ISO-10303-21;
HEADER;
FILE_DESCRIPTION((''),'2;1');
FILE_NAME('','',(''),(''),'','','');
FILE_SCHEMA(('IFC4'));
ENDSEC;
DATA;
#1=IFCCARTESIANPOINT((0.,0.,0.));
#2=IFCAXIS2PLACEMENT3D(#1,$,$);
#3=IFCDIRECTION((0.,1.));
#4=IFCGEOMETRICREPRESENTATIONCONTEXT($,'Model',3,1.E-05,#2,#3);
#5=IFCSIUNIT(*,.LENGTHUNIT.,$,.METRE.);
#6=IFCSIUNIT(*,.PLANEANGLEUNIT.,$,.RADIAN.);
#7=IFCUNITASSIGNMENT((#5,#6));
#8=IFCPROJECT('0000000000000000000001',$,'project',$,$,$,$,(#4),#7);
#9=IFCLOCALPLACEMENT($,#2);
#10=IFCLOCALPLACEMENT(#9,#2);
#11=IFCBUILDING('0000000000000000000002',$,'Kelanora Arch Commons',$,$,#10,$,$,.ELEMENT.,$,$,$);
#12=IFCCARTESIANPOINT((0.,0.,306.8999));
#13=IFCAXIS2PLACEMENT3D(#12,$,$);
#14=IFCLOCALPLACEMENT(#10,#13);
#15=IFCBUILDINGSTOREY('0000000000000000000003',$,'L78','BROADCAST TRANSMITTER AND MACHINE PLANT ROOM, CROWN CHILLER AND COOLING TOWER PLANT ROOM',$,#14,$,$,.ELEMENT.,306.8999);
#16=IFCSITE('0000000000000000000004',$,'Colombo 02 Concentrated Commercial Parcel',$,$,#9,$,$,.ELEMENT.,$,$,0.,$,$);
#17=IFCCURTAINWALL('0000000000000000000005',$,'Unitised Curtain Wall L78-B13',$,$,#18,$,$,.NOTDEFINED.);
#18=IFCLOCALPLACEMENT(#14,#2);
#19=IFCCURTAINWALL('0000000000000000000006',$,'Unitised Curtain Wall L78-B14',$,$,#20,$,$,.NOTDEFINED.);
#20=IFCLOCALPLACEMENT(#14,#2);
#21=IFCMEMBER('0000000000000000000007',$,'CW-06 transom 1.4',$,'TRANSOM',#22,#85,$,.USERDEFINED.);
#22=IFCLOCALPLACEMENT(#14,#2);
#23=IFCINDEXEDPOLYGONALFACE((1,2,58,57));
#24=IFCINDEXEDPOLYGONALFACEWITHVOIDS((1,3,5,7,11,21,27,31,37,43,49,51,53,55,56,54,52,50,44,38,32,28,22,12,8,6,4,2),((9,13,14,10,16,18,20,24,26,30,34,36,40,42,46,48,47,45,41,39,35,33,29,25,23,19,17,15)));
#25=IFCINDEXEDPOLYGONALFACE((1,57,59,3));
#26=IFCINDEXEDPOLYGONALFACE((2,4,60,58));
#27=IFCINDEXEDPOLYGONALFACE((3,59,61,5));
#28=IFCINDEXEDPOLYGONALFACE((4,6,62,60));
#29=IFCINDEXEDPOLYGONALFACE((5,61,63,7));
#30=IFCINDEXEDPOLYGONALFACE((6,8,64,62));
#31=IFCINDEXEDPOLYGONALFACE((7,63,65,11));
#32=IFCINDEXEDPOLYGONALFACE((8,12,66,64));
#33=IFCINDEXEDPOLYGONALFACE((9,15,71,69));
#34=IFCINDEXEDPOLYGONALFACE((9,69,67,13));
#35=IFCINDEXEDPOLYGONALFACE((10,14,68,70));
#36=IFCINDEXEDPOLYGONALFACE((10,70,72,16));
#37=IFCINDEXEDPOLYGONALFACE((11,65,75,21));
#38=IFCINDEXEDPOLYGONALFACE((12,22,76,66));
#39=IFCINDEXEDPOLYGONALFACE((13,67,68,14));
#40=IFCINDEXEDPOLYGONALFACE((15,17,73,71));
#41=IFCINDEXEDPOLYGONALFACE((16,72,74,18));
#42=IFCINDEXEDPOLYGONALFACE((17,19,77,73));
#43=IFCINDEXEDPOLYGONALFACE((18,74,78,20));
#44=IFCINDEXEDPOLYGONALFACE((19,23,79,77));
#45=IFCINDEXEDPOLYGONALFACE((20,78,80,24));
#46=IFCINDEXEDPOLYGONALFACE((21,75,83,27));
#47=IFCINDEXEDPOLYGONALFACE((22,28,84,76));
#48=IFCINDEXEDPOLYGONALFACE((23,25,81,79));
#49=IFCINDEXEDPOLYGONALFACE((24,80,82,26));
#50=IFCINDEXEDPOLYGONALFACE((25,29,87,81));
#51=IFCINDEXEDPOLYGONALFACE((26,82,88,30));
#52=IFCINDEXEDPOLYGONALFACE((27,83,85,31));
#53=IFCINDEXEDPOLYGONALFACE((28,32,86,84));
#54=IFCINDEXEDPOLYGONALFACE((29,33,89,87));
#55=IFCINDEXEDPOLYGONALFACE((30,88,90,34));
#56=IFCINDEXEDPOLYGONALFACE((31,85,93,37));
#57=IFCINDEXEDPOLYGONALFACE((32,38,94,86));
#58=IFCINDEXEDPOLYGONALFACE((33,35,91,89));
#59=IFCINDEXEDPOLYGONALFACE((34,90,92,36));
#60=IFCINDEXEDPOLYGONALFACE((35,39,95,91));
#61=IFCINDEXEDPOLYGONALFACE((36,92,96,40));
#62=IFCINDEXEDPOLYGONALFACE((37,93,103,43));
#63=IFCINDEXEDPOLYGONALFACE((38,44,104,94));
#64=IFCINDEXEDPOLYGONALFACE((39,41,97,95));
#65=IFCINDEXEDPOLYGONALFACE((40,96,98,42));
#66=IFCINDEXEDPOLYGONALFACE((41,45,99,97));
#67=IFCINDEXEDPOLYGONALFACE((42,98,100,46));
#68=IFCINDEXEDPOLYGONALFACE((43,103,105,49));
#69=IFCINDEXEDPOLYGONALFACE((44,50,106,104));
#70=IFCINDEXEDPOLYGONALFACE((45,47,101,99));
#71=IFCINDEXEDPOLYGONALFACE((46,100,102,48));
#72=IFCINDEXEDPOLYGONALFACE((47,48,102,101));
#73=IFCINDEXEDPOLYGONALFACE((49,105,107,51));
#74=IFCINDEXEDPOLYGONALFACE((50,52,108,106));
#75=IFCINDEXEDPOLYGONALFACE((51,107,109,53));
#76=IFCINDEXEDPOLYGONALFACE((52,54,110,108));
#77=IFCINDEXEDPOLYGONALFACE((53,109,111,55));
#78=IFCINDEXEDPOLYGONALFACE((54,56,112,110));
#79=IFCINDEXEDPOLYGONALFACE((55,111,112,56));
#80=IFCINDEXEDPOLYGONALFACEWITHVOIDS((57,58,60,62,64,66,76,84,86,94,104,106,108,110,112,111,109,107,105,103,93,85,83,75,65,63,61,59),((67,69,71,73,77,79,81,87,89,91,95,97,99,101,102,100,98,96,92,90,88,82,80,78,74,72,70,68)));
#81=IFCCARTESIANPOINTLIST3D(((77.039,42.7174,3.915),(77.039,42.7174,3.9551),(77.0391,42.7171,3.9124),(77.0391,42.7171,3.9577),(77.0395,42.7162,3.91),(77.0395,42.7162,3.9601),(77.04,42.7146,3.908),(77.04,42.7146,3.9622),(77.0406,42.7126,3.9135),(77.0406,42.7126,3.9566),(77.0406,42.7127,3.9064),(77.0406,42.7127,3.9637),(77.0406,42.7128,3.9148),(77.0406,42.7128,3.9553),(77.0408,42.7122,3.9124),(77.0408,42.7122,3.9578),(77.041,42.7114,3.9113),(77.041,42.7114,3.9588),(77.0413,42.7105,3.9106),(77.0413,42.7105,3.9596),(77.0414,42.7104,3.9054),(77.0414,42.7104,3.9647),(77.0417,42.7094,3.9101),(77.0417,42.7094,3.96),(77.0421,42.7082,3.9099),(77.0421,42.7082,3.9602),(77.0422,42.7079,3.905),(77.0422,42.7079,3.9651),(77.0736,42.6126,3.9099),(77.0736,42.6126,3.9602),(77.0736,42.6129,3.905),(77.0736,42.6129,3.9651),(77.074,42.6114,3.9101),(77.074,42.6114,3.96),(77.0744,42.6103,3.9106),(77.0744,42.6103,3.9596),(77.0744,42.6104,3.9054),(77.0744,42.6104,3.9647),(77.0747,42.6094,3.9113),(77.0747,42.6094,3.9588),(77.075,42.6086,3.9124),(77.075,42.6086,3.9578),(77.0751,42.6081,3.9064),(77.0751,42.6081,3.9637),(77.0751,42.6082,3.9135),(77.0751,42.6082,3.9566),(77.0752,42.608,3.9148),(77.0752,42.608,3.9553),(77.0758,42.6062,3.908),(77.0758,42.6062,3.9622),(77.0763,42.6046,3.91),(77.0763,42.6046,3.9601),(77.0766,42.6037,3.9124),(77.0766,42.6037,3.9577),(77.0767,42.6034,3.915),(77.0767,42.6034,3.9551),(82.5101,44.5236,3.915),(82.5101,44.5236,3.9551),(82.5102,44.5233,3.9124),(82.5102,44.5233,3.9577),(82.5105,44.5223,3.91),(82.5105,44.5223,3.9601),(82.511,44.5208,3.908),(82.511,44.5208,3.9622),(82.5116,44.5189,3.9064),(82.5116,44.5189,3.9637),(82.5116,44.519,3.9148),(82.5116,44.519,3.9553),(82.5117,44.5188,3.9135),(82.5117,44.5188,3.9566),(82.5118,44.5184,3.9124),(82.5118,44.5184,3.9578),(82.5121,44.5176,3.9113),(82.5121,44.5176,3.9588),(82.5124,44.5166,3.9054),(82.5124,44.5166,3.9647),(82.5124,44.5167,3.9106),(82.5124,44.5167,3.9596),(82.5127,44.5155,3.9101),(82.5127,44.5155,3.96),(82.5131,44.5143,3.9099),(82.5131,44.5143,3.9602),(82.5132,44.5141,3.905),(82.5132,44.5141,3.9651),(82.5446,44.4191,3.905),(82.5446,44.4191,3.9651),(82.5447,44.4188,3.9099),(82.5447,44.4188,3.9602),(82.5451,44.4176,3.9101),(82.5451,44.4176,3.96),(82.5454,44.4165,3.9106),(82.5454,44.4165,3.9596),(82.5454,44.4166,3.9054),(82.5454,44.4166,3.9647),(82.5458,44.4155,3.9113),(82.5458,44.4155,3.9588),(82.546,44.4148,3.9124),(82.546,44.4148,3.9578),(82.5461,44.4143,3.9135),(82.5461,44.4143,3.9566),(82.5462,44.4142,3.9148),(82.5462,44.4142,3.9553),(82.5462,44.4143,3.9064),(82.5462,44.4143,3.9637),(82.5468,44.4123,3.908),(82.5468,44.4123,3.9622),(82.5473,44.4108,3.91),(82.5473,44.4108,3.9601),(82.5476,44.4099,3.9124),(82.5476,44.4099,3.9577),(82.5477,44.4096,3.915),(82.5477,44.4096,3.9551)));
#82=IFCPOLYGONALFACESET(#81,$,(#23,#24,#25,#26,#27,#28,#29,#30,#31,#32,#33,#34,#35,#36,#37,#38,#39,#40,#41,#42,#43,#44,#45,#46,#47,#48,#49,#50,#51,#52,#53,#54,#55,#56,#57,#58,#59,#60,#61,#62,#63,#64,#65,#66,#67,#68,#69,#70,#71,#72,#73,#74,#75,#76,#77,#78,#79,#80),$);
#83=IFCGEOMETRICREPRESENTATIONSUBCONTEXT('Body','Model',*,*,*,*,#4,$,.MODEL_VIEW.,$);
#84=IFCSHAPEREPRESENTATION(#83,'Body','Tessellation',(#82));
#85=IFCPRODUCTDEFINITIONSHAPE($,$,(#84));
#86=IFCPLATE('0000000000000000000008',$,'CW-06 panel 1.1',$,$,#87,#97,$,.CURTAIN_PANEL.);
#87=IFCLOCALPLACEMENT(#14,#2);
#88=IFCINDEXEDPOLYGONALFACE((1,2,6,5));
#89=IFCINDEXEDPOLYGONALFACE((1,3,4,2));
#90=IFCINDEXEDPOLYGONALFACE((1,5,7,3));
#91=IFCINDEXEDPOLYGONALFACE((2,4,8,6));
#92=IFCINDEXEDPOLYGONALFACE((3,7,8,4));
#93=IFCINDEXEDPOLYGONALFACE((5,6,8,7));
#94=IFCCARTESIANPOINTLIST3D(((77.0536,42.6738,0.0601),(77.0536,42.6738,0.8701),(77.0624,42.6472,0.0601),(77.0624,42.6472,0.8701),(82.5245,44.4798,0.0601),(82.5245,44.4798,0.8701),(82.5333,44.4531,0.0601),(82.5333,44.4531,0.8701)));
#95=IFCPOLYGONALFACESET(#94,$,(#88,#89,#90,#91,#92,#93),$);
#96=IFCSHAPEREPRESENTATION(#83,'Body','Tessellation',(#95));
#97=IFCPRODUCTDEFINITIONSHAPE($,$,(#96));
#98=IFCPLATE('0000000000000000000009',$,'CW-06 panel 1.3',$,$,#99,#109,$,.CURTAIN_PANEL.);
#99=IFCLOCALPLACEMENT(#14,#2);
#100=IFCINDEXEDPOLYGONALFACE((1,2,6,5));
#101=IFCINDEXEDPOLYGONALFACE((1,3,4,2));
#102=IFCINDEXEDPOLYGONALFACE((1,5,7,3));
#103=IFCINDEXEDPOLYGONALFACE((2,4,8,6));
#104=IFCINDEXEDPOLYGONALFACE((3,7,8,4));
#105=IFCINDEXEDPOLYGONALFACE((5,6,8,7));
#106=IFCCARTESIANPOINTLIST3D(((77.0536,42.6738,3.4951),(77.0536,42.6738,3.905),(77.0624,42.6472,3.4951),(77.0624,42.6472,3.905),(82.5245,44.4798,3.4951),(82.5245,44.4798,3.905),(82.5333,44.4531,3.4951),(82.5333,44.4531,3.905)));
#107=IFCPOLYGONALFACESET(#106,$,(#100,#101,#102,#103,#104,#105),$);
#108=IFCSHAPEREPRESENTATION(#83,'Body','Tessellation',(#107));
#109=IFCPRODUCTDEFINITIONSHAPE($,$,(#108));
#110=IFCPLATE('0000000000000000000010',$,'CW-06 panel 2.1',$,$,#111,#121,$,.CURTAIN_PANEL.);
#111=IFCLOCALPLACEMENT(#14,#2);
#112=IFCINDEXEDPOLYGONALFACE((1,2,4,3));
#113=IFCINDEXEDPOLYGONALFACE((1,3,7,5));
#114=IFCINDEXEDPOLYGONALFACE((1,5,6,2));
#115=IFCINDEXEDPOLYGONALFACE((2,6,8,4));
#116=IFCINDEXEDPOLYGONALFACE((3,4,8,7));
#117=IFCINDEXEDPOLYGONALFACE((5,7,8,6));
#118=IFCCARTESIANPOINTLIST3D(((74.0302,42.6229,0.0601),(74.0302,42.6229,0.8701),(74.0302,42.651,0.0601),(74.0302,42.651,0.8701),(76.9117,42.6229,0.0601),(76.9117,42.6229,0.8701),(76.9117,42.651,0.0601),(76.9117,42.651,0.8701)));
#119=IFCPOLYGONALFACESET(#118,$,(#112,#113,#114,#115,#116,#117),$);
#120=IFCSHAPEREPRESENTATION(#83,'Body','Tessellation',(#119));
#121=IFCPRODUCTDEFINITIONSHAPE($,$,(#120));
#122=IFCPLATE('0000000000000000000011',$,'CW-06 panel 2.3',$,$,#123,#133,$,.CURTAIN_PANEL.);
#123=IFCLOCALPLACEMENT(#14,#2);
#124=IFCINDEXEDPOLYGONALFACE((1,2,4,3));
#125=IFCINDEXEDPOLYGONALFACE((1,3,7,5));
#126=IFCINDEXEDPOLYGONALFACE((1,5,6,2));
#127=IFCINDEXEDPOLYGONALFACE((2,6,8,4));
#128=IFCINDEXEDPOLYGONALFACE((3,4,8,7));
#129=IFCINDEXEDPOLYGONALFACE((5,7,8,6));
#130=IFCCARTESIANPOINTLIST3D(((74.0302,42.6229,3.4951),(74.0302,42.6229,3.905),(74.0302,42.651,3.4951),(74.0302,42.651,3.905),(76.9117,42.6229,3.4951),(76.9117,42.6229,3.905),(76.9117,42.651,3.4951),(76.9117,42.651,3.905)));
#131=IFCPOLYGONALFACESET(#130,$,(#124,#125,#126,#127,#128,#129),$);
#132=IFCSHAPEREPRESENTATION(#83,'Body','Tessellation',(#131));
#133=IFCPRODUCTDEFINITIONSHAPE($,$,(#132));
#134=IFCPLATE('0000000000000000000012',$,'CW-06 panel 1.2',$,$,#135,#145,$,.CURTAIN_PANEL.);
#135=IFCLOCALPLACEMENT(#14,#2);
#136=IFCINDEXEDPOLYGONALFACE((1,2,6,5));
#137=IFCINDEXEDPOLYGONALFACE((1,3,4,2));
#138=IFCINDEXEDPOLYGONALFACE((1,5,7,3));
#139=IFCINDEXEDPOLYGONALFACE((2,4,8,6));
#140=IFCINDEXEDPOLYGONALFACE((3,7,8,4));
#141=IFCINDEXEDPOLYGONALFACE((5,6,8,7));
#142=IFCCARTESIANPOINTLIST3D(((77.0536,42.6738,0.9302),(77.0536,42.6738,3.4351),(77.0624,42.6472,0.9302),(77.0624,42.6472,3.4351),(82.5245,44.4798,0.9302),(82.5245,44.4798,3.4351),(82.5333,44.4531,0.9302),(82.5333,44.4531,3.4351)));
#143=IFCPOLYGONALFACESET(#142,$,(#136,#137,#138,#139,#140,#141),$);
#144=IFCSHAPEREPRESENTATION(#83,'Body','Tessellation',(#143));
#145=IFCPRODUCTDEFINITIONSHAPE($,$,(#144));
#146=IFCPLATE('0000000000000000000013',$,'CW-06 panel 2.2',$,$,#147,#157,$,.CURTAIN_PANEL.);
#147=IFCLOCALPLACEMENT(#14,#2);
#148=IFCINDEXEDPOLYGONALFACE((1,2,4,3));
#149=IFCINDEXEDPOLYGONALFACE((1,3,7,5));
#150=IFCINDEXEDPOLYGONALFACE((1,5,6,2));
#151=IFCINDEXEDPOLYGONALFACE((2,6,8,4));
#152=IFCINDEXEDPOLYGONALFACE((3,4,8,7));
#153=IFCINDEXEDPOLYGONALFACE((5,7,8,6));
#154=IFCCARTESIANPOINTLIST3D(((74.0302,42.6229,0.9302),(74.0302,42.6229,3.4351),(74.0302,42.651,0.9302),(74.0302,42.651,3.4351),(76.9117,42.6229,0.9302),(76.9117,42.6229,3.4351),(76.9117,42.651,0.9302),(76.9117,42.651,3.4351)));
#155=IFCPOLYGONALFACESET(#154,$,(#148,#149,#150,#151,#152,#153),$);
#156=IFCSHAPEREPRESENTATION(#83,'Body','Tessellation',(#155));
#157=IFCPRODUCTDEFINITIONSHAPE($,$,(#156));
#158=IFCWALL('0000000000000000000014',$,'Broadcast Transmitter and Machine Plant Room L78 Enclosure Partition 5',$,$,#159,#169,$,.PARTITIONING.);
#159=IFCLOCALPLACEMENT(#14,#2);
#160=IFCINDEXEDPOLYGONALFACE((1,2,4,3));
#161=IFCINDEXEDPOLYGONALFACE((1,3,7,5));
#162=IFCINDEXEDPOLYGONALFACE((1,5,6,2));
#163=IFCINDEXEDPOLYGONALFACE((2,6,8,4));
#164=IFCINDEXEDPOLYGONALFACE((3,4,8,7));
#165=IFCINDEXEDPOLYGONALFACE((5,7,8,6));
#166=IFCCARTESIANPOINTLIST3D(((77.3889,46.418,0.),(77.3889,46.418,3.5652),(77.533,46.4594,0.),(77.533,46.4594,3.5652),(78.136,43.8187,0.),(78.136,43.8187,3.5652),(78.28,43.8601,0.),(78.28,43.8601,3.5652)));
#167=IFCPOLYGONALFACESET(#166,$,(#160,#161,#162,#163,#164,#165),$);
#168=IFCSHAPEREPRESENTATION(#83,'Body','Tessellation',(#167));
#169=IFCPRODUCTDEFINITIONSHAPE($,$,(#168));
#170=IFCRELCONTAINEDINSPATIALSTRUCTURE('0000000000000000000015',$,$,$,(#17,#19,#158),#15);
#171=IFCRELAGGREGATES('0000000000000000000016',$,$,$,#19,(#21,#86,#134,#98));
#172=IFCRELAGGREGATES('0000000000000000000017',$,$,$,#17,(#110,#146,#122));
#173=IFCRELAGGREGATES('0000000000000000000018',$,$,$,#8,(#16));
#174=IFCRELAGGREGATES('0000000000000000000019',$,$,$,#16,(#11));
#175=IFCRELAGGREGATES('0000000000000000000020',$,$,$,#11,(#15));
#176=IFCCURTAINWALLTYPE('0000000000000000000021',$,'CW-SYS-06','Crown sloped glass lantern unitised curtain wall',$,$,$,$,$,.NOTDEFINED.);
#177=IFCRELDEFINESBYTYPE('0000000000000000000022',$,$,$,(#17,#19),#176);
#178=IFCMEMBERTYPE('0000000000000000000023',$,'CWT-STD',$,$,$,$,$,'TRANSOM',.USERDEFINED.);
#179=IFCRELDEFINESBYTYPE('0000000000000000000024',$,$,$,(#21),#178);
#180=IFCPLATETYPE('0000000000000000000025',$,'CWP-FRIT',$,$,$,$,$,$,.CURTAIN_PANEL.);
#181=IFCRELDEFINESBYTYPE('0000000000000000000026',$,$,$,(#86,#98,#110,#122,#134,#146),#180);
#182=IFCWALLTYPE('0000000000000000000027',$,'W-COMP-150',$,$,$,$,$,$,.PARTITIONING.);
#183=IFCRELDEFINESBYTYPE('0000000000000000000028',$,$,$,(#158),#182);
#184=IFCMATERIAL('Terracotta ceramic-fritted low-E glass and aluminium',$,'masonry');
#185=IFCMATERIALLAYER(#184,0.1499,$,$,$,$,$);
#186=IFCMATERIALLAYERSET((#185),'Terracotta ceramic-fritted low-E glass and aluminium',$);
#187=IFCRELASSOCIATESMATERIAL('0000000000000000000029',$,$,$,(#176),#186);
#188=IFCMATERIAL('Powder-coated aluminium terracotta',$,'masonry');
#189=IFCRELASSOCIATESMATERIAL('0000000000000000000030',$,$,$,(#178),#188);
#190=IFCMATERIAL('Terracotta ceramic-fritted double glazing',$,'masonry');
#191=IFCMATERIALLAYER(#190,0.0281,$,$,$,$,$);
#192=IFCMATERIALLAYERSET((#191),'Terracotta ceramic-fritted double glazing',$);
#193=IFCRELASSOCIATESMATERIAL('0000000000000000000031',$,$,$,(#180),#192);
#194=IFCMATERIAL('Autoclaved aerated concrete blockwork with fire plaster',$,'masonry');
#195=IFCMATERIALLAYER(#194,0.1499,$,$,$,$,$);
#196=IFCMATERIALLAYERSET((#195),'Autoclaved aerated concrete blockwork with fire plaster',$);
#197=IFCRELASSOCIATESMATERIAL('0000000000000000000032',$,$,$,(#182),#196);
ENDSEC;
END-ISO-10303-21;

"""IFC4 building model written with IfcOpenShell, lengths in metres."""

from ifc_helpers import new_model, si_unit, direction, frame, frame_2d, origin, origin_2d, place, context, subcontext, project, spatial, rectangle, hollow_rectangle, extrude, source, transform, mapped, material, layer, layer_set, material_profile, profile_set, type_object, element, aggregate, save


model = new_model("IFC4")

# Units and contexts
model_context = context("Model", 3, precision=1e-05, world=origin(), true_north=direction((0.0, 1.0)))
body_context = subcontext(model_context, "Body", "Model", "MODEL_VIEW")
ifc_project = project(units=[si_unit("LENGTHUNIT", "METRE"), si_unit("PLANEANGLEUNIT", "RADIAN")], contexts=[model_context])

# Site, building, storey
site_placement = place(None, origin())
site = spatial("IfcSite", under=ifc_project, at=site_placement, Name="Colombo 02 Concentrated Commercial Parcel", CompositionType="ELEMENT", RefElevation=0.0)
building_placement = place(site_placement, origin())
building = spatial("IfcBuilding", under=site, at=building_placement, Name="Kelanora Arch Commons", CompositionType="ELEMENT")
storey_placement = place(building_placement, frame((0.0, 0.0, 306.8999)))
storey = spatial("IfcBuildingStorey", under=building, at=storey_placement, Name="L78", Description="BROADCAST TRANSMITTER AND MACHINE PLANT ROOM, CROWN CHILLER AND COOLING TOWER PLANT ROOM", CompositionType="ELEMENT", Elevation=306.8999)

# Curtain wall
ifc_material_1 = material(Name="Terracotta ceramic-fritted low-E glass and aluminium", Category="masonry")
ifc_layer_1 = layer(ifc_material_1, 0.1499)
ifc_layer_set_1 = layer_set([ifc_layer_1], Name="Terracotta ceramic-fritted low-E glass and aluminium")
curtain_wall_type = type_object("IfcCurtainWallType", Name="CW-SYS-06", Description="Crown sloped glass lantern unitised curtain wall", PredefinedType="NOTDEFINED", material=ifc_layer_set_1)
curtain_wall_1_placement = place(storey_placement, origin())
curtain_wall_1 = element("IfcCurtainWall", 1, at=curtain_wall_1_placement, inside=storey, type_object=curtain_wall_type, Name="Unitised Curtain Wall L78-B13", PredefinedType="NOTDEFINED")
ifc_material_2 = material(Name="Powder-coated aluminium terracotta", Category="masonry")

# Curtain wall
curtain_wall_2_placement = place(storey_placement, origin())
curtain_wall_2 = element("IfcCurtainWall", 2, at=curtain_wall_2_placement, inside=storey, type_object=curtain_wall_type, Name="Unitised Curtain Wall L78-B14", PredefinedType="NOTDEFINED")

# Member
ifc_material_profile_1 = material_profile(ifc_material_2, hollow_rectangle(XDim=0.1201, YDim=0.0601, WallThickness=0.0049, InnerFilletRadius=0.0049, OuterFilletRadius=0.01, at=origin_2d()), Name="CWT120x60")
ifc_profile_set_1 = profile_set([ifc_material_profile_1], Name="Powder-coated aluminium terracotta")
member_type_1 = type_object("IfcMemberType", Name="CWT-STD", ElementType="TRANSOM", PredefinedType="USERDEFINED", material=ifc_profile_set_1)
member_1_placement = place(storey_placement, frame((77.0579, 42.6604, 3.9351), z_axis=(0.94959, 0.313493, 0.0), x_axis=(-0.313493, 0.94959, 0.0)))
member_1 = element("IfcMember", 3, at=member_1_placement, type_object=member_type_1, Name="CW-06 transom 1.4", ObjectType="TRANSOM", PredefinedType="USERDEFINED", context=body_context, shape_type="SweptSolid", body=[
    extrude(hollow_rectangle(XDim=0.1201, YDim=0.0601, WallThickness=0.0049, InnerFilletRadius=0.0049, OuterFilletRadius=0.01, at=origin_2d()), origin(), (0.0, 0.0, 1.0), 5.7615),
])

# Plates
ifc_material_3 = material(Name="Terracotta ceramic-fritted double glazing", Category="masonry")
ifc_layer_2 = layer(ifc_material_3, 0.0281)
ifc_layer_set_2 = layer_set([ifc_layer_2], Name="Terracotta ceramic-fritted double glazing")
plate_type = type_object("IfcPlateType", Name="CWP-FRIT", PredefinedType="CURTAIN_PANEL", material=ifc_layer_set_2)
shared_shape_1 = source(origin(), body_context, "Body", "SweptSolid", [
    extrude(rectangle(XDim=5.7612, YDim=0.0281, at=origin_2d()), origin(), (0.0, 0.0, 1.0), 0.8101),
])
plate_1_placement = place(storey_placement, frame((79.7935, 43.5635, 0.0601), z_axis=(0.0, 0.0, 1.0), x_axis=(0.949599, 0.313467, 0.0)))
plate_1 = element("IfcPlate", 4, at=plate_1_placement, type_object=plate_type, Name="CW-06 panel 1.1", PredefinedType="CURTAIN_PANEL", context=body_context, shape_type="MappedRepresentation", body=[
    mapped(shared_shape_1, transform((0.0, 0.0, 0.0), scale=1.0)),
])
shared_shape_2 = source(origin(), body_context, "Body", "SweptSolid", [
    extrude(rectangle(XDim=5.7612, YDim=0.0281, at=origin_2d()), origin(), (0.0, 0.0, 1.0), 0.4099),
])
plate_2_placement = place(storey_placement, frame((79.7935, 43.5635, 3.4951), z_axis=(0.0, 0.0, 1.0), x_axis=(0.949599, 0.313467, 0.0)))
plate_2 = element("IfcPlate", 5, at=plate_2_placement, type_object=plate_type, Name="CW-06 panel 1.3", PredefinedType="CURTAIN_PANEL", context=body_context, shape_type="MappedRepresentation", body=[
    mapped(shared_shape_2, transform((0.0, 0.0, 0.0), scale=1.0)),
])
shared_shape_3 = source(origin(), body_context, "Body", "SweptSolid", [
    extrude(rectangle(XDim=2.8816, YDim=0.0281, at=origin_2d()), origin(), (0.0, 0.0, 1.0), 0.8101),
])
plate_3_placement = place(storey_placement, frame((75.4709, 42.637, 0.0601), z_axis=(0.0, 0.0, 1.0), x_axis=(1.0, 0.0, 0.0)))
plate_3 = element("IfcPlate", 6, at=plate_3_placement, type_object=plate_type, Name="CW-06 panel 2.1", PredefinedType="CURTAIN_PANEL", context=body_context, shape_type="MappedRepresentation", body=[
    mapped(shared_shape_3, transform((0.0, 0.0, 0.0), scale=1.0)),
])
shared_shape_4 = source(origin(), body_context, "Body", "SweptSolid", [
    extrude(rectangle(XDim=2.8816, YDim=0.0281, at=origin_2d()), origin(), (0.0, 0.0, 1.0), 0.4099),
])
plate_4_placement = place(storey_placement, frame((75.4709, 42.637, 3.4951), z_axis=(0.0, 0.0, 1.0), x_axis=(1.0, 0.0, 0.0)))
plate_4 = element("IfcPlate", 7, at=plate_4_placement, type_object=plate_type, Name="CW-06 panel 2.3", PredefinedType="CURTAIN_PANEL", context=body_context, shape_type="MappedRepresentation", body=[
    mapped(shared_shape_4, transform((0.0, 0.0, 0.0), scale=1.0)),
])
shared_shape_5 = source(origin(), body_context, "Body", "SweptSolid", [
    extrude(rectangle(XDim=5.7612, YDim=0.0281, at=origin_2d()), origin(), (0.0, 0.0, 1.0), 2.5049),
])
plate_5_placement = place(storey_placement, frame((79.7935, 43.5635, 0.9302), z_axis=(0.0, 0.0, 1.0), x_axis=(0.949599, 0.313467, 0.0)))
plate_5 = element("IfcPlate", 8, at=plate_5_placement, type_object=plate_type, Name="CW-06 panel 1.2", PredefinedType="CURTAIN_PANEL", context=body_context, shape_type="MappedRepresentation", body=[
    mapped(shared_shape_5, transform((0.0, 0.0, 0.0), scale=1.0)),
])
aggregate(curtain_wall_2, [member_1, plate_1, plate_5, plate_2])
shared_shape_6 = source(origin(), body_context, "Body", "SweptSolid", [
    extrude(rectangle(XDim=2.8816, YDim=0.0281, at=origin_2d()), origin(), (0.0, 0.0, 1.0), 2.5049),
])
plate_6_placement = place(storey_placement, frame((75.4709, 42.637, 0.9302), z_axis=(0.0, 0.0, 1.0), x_axis=(1.0, 0.0, 0.0)))
plate_6 = element("IfcPlate", 9, at=plate_6_placement, type_object=plate_type, Name="CW-06 panel 2.2", PredefinedType="CURTAIN_PANEL", context=body_context, shape_type="MappedRepresentation", body=[
    mapped(shared_shape_6, transform((0.0, 0.0, 0.0), scale=1.0)),
])
aggregate(curtain_wall_1, [plate_3, plate_6, plate_4])

# Wall
ifc_material_4 = material(Name="Autoclaved aerated concrete blockwork with fire plaster", Category="masonry")
ifc_layer_3 = layer(ifc_material_4, 0.1499)
ifc_layer_set_3 = layer_set([ifc_layer_3], Name="Autoclaved aerated concrete blockwork with fire plaster")
wall_type = type_object("IfcWallType", Name="W-COMP-150", PredefinedType="PARTITIONING", material=ifc_layer_set_3)
wall_placement = place(storey_placement, frame((77.4609, 46.4387, 0.0), z_axis=(0.0, 0.0, 1.0), x_axis=(0.276223, -0.961094, 0.0)))
element("IfcWall", 10, at=wall_placement, inside=storey, type_object=wall_type, Name="Broadcast Transmitter and Machine Plant Room L78 Enclosure Partition 5", PredefinedType="PARTITIONING", context=body_context, shape_type="SweptSolid", body=[
    extrude(rectangle(XDim=2.7046, YDim=0.1499, at=frame_2d((1.3523, 0.0))), origin(), (0.0, 0.0, 1.0), 3.5652),
])

save(model, "model.ifc")
